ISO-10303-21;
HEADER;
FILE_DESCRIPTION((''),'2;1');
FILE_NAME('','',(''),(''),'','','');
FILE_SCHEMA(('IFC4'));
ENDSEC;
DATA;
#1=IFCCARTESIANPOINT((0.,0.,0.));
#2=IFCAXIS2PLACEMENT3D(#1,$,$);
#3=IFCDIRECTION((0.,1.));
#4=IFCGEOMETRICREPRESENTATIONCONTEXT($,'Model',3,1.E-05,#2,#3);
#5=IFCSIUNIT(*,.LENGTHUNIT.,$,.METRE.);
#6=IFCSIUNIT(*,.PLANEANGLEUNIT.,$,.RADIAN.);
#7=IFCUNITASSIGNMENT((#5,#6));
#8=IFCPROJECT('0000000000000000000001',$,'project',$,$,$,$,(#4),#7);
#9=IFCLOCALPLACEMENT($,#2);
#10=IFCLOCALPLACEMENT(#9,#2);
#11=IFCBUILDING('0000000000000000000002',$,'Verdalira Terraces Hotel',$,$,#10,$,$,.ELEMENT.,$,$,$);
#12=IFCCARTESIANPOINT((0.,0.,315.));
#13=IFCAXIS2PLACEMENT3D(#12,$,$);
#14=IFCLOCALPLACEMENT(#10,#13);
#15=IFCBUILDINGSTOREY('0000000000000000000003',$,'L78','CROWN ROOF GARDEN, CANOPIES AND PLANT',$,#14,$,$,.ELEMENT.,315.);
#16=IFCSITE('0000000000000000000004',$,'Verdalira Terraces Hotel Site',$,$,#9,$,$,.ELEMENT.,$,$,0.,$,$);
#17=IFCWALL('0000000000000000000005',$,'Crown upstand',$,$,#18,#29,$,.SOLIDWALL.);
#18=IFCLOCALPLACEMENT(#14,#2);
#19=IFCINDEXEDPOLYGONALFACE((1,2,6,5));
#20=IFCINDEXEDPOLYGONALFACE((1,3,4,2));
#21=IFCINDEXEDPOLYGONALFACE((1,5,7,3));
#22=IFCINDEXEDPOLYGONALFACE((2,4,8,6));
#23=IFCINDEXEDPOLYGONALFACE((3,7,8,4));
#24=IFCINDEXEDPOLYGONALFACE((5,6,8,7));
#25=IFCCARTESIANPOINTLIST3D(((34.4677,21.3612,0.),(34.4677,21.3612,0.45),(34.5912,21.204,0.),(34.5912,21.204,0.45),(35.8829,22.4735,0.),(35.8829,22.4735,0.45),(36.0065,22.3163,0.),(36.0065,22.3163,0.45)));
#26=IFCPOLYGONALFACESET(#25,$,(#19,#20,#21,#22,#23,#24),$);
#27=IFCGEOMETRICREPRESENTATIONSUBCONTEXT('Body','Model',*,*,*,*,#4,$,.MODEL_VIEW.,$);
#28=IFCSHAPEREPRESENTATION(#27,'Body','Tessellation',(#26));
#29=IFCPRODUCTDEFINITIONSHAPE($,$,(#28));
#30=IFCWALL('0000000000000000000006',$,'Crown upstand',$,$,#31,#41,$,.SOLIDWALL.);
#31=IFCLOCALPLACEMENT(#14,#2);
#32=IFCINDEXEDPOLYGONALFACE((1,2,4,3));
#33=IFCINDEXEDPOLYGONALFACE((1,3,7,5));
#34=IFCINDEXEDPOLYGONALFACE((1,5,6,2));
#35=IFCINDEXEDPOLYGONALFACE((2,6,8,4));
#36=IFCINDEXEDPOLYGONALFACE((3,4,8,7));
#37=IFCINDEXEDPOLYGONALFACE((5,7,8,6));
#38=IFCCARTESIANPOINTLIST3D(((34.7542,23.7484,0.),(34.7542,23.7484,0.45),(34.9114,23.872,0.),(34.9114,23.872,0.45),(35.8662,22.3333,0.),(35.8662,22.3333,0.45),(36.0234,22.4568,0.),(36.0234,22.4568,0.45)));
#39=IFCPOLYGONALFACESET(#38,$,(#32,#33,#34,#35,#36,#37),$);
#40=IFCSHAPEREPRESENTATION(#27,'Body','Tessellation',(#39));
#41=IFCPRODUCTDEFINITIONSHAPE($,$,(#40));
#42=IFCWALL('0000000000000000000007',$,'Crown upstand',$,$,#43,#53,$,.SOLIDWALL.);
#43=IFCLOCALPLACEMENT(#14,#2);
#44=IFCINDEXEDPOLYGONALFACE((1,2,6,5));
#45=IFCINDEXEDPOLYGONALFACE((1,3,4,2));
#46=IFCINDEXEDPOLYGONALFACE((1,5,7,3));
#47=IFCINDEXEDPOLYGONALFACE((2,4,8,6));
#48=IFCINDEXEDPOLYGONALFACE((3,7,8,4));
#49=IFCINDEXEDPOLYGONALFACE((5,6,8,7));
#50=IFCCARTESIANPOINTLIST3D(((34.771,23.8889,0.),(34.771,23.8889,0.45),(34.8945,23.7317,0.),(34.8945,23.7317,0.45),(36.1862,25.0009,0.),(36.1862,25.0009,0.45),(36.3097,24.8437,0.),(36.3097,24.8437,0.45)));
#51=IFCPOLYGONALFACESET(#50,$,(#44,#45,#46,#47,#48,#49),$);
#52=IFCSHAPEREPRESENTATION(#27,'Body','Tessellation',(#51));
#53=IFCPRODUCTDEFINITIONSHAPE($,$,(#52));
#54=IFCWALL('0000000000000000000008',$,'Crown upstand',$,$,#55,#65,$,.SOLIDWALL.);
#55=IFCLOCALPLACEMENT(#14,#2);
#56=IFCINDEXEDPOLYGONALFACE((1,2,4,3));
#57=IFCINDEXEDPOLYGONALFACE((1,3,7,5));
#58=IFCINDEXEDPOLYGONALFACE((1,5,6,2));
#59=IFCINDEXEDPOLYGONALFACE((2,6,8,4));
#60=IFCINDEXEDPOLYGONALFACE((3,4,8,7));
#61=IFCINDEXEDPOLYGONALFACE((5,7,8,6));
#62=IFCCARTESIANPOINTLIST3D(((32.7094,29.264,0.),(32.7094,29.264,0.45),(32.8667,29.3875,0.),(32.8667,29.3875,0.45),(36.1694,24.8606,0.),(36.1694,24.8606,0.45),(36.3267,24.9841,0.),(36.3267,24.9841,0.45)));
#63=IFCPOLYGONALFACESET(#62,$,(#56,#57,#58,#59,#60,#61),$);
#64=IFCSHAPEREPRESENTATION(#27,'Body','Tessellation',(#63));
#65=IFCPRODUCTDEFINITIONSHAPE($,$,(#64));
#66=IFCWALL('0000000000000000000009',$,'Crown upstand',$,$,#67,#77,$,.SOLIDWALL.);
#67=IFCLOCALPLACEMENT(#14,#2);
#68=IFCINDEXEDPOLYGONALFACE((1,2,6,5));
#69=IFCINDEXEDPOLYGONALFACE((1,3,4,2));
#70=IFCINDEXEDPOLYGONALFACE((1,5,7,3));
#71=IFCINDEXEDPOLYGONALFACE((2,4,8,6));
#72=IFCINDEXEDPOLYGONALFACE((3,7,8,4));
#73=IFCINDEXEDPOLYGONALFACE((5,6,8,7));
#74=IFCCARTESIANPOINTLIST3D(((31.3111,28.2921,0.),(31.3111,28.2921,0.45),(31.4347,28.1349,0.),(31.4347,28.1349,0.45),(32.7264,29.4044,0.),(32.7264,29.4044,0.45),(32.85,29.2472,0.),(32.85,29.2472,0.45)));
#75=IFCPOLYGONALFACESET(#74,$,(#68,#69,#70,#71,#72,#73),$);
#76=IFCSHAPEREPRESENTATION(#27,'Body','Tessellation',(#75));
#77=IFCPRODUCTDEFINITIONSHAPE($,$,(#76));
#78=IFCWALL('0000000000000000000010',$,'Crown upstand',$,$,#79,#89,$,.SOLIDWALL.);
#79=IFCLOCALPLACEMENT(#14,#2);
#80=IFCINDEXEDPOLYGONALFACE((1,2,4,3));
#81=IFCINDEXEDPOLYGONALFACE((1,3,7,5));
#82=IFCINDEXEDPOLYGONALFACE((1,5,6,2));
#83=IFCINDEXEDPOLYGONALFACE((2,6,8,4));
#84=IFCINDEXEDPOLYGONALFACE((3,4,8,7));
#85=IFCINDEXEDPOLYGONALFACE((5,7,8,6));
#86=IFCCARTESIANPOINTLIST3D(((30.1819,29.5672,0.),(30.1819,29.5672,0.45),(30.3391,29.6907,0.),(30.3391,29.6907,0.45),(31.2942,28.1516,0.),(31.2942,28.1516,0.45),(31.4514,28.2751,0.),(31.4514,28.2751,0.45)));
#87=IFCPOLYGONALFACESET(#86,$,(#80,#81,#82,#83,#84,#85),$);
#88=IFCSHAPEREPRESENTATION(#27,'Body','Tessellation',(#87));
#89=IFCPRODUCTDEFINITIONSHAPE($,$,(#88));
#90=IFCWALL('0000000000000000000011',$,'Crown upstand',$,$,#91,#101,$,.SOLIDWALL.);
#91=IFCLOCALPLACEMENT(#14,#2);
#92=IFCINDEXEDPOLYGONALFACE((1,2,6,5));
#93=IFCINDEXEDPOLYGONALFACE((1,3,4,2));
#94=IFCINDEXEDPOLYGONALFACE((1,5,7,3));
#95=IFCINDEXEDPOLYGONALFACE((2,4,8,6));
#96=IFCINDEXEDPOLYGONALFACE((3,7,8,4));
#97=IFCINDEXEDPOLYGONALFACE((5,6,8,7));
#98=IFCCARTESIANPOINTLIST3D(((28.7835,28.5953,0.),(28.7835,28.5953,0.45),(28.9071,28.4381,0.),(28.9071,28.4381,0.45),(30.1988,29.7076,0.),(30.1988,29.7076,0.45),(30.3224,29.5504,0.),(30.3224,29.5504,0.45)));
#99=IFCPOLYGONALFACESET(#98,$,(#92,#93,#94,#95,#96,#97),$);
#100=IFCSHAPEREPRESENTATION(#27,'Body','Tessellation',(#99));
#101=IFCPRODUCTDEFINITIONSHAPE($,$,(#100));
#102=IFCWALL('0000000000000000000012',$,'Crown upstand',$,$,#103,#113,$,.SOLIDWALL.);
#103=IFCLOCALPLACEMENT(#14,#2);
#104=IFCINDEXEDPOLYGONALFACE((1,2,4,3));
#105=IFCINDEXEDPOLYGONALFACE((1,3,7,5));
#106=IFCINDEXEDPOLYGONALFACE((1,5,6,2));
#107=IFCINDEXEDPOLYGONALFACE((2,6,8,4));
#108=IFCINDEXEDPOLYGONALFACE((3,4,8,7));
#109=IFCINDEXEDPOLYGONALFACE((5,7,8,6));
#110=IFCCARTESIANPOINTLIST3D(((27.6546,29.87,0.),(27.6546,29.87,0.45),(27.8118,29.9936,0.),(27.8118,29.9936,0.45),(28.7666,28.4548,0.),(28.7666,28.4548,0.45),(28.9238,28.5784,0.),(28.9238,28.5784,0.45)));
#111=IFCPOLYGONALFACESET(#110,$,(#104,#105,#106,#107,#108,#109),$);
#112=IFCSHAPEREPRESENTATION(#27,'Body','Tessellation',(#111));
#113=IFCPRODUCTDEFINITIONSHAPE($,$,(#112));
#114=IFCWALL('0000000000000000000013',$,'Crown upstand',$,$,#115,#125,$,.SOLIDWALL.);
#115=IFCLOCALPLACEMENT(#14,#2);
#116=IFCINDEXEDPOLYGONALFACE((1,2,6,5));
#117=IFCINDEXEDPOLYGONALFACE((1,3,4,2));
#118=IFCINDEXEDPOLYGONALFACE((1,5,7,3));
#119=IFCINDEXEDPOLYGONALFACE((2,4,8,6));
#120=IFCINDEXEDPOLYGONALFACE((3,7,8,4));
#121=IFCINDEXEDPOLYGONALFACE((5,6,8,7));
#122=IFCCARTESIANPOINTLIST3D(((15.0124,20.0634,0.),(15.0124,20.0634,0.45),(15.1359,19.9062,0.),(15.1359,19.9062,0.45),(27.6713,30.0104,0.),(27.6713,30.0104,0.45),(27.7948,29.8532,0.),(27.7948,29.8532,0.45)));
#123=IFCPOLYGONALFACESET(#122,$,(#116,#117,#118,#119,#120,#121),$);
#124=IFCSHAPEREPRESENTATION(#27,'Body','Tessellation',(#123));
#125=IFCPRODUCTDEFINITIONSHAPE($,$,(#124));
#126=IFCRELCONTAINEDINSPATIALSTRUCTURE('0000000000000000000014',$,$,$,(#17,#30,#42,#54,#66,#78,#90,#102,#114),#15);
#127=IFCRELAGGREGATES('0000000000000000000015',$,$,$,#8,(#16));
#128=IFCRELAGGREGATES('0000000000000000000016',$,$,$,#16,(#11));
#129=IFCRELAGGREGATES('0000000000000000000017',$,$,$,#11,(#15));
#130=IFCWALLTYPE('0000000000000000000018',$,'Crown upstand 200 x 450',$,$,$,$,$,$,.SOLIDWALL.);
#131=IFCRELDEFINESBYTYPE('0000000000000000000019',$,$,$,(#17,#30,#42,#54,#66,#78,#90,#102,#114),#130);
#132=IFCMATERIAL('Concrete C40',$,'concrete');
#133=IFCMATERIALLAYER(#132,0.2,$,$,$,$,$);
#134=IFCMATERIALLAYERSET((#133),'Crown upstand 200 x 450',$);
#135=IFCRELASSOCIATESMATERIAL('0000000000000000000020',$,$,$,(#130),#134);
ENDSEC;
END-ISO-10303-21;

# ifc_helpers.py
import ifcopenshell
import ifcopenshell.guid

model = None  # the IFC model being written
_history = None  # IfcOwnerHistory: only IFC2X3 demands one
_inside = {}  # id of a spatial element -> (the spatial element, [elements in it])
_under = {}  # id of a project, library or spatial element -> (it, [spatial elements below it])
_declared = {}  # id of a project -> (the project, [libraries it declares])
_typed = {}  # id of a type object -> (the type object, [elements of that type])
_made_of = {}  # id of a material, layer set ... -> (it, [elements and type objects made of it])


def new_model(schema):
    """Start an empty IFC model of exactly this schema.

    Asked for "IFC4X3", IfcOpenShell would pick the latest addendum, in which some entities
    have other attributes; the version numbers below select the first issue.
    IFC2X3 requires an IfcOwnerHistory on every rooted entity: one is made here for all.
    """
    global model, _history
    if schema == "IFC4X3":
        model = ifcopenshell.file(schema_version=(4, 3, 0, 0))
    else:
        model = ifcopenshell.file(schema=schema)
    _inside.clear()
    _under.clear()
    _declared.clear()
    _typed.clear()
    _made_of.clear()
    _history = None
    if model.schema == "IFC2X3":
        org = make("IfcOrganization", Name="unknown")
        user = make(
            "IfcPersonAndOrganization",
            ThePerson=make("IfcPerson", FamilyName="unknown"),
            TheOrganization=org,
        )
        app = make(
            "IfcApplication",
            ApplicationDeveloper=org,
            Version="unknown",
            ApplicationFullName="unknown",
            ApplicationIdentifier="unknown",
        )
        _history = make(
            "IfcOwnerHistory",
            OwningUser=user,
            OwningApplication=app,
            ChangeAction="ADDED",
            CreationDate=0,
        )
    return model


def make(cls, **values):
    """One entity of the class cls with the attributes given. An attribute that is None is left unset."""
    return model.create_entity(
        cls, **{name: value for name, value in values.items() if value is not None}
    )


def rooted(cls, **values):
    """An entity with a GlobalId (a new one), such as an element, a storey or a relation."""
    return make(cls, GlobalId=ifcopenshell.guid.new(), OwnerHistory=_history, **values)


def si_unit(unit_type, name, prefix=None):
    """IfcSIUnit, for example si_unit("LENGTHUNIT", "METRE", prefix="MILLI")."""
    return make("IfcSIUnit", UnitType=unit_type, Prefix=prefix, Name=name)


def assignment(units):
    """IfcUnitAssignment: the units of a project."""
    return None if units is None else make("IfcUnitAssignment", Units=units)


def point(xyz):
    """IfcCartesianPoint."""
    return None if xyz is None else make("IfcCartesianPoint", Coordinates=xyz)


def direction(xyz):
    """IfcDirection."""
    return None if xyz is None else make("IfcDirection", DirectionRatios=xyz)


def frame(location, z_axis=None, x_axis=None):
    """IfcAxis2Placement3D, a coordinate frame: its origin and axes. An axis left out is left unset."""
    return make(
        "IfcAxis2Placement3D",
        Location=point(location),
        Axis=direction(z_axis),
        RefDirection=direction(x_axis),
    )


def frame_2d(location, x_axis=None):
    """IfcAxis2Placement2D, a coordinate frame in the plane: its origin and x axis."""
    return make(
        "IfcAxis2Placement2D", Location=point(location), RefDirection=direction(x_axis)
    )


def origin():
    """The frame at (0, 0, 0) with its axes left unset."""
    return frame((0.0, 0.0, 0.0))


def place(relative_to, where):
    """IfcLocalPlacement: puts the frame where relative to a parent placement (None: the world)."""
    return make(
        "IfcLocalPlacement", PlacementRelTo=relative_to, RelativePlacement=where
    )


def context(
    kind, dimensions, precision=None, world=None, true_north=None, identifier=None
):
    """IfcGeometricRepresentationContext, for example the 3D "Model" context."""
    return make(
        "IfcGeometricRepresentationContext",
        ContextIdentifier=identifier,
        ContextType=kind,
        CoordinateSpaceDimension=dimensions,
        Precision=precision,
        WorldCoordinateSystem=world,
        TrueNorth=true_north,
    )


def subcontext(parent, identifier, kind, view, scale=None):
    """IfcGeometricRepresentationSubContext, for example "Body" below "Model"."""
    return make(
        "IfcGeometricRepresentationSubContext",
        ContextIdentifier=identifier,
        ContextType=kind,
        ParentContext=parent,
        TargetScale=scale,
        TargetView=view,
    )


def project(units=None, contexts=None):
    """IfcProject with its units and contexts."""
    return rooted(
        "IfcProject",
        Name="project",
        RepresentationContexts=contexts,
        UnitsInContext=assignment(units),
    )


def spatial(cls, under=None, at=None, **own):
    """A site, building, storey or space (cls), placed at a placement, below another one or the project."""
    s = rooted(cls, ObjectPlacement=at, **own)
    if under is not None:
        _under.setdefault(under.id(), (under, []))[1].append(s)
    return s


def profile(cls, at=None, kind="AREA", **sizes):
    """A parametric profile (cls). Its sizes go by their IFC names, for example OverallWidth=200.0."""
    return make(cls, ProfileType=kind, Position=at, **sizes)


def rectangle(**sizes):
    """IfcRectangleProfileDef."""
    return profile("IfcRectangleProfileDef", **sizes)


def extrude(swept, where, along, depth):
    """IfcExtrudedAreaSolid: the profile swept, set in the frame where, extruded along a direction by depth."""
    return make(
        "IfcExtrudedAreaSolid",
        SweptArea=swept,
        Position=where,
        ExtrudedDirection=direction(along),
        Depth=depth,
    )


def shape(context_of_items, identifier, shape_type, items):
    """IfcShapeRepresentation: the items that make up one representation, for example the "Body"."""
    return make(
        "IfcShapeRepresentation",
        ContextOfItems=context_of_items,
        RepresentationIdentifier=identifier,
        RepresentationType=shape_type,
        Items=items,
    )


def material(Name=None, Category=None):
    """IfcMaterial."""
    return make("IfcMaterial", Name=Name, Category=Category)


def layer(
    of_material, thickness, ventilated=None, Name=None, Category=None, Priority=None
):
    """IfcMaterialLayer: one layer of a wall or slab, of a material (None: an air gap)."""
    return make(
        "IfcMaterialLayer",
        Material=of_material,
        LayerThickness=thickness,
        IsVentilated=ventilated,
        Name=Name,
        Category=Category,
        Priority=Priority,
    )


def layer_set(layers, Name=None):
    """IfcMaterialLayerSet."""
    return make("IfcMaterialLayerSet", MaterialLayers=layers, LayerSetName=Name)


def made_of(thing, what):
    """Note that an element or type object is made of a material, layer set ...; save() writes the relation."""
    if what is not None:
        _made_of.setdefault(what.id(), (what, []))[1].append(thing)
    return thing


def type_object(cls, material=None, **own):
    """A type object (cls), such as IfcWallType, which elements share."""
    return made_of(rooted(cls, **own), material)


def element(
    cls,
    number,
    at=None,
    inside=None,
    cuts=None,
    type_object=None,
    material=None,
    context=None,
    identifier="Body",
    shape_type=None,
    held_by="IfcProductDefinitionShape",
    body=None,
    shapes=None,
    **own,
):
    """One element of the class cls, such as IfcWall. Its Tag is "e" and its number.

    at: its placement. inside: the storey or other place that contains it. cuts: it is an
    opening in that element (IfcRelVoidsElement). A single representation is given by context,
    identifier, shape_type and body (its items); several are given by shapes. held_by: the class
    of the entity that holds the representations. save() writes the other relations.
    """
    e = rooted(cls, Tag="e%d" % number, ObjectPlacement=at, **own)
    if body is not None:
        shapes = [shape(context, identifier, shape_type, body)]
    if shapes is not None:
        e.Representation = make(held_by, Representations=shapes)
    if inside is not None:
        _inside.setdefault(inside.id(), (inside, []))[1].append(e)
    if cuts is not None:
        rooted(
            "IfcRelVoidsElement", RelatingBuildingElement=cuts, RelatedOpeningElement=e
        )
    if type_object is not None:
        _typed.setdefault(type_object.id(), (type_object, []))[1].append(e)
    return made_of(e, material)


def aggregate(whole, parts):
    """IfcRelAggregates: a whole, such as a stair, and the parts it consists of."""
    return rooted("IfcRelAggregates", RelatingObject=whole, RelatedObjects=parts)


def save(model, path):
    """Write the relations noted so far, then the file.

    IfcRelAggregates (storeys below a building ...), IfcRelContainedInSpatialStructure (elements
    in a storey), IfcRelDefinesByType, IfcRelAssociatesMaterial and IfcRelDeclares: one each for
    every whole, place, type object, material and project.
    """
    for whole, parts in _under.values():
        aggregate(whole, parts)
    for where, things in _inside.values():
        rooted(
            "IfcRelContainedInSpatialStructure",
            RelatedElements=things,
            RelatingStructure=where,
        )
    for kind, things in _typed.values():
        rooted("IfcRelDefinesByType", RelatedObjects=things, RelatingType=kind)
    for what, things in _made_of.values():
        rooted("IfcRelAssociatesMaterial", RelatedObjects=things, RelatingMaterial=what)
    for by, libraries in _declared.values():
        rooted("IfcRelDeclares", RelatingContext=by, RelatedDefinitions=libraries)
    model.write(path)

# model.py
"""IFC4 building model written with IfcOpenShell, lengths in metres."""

from ifc_helpers import new_model, si_unit, direction, frame, frame_2d, origin, place, context, subcontext, project, spatial, rectangle, extrude, material, layer, layer_set, type_object, element, save


model = new_model("IFC4")

# Units and contexts
model_context = context("Model", 3, precision=1e-05, world=origin(), true_north=direction((0.0, 1.0)))
body_context = subcontext(model_context, "Body", "Model", "MODEL_VIEW")
ifc_project = project(units=[si_unit("LENGTHUNIT", "METRE"), si_unit("PLANEANGLEUNIT", "RADIAN")], contexts=[model_context])

# Site, building, storey
site_placement = place(None, origin())
site = spatial("IfcSite", under=ifc_project, at=site_placement, Name="Verdalira Terraces Hotel Site", CompositionType="ELEMENT", RefElevation=0.0)
building_placement = place(site_placement, origin())
building = spatial("IfcBuilding", under=site, at=building_placement, Name="Verdalira Terraces Hotel", CompositionType="ELEMENT")
storey_placement = place(building_placement, frame((0.0, 0.0, 315.0)))
storey = spatial("IfcBuildingStorey", under=building, at=storey_placement, Name="L78", Description="CROWN ROOF GARDEN, CANOPIES AND PLANT", CompositionType="ELEMENT", Elevation=315.0)

# Walls
ifc_material_1 = material(Name="Concrete C40", Category="concrete")
ifc_layer_1 = layer(ifc_material_1, 0.2)
ifc_layer_set_1 = layer_set([ifc_layer_1], Name="Crown upstand 200 x 450")
wall_type = type_object("IfcWallType", Name="Crown upstand 200 x 450", PredefinedType="SOLIDWALL", material=ifc_layer_set_1)
wall_1_placement = place(storey_placement, frame((34.5295, 21.2827, 0.0), z_axis=(0.0, 0.0, 1.0), x_axis=(0.786238, 0.617923, 0.0)))
element("IfcWall", 1, at=wall_1_placement, inside=storey, type_object=wall_type, Name="Crown upstand", PredefinedType="SOLIDWALL", context=body_context, shape_type="SweptSolid", body=[
    extrude(rectangle(XDim=1.8, YDim=0.2, at=frame_2d((0.8999, 0.0))), origin(), (0.0, 0.0, 1.0), 0.45),
])
for number, where, z_axis, x_axis, name in (
    (2, (35.9448, 22.395, 0.0), (0.0, 0.0, 1.0), (-0.61784, 0.786304, 0.0), "Crown upstand"),
    (3, (34.8328, 23.8103, 0.0), (0.0, 0.0, 1.0), (0.786304, 0.61784, 0.0), "Crown upstand"),
):
    element("IfcWall", number, at=place(storey_placement, frame(where, z_axis=z_axis, x_axis=x_axis)), inside=storey, type_object=wall_type, Name=name, PredefinedType="SOLIDWALL", context=body_context, shape_type="SweptSolid", body=[
        extrude(rectangle(XDim=1.7998, YDim=0.2, at=frame_2d((0.8999, 0.0))), origin(), (0.0, 0.0, 1.0), 0.45),
    ])
wall_2_placement = place(storey_placement, frame((36.248, 24.9224, 0.0), z_axis=(0.0, 0.0, 1.0), x_axis=(-0.617845, 0.7863, 0.0)))
element("IfcWall", 4, at=wall_2_placement, inside=storey, type_object=wall_type, Name="Crown upstand", PredefinedType="SOLIDWALL", context=body_context, shape_type="SweptSolid", body=[
    extrude(rectangle(XDim=5.6001, YDim=0.2, at=frame_2d((2.8, 0.0))), origin(), (0.0, 0.0, 1.0), 0.45),
])
wall_3_placement = place(storey_placement, frame((32.7881, 29.3257, 0.0), z_axis=(0.0, 0.0, 1.0), x_axis=(-0.786238, -0.617923, 0.0)))
element("IfcWall", 5, at=wall_3_placement, inside=storey, type_object=wall_type, Name="Crown upstand", PredefinedType="SOLIDWALL", context=body_context, shape_type="SweptSolid", body=[
    extrude(rectangle(XDim=1.8, YDim=0.2, at=frame_2d((0.8999, 0.0))), origin(), (0.0, 0.0, 1.0), 0.45),
])
wall_4_placement = place(storey_placement, frame((31.3728, 28.2134, 0.0), z_axis=(0.0, 0.0, 1.0), x_axis=(-0.617857, 0.78629, 0.0)))
element("IfcWall", 6, at=wall_4_placement, inside=storey, type_object=wall_type, Name="Crown upstand", PredefinedType="SOLIDWALL", context=body_context, shape_type="SweptSolid", body=[
    extrude(rectangle(XDim=1.8003, YDim=0.2, at=frame_2d((0.9001, 0.0))), origin(), (0.0, 0.0, 1.0), 0.45),
])
wall_5_placement = place(storey_placement, frame((30.2605, 29.6289, 0.0), z_axis=(0.0, 0.0, 1.0), x_axis=(-0.786238, -0.617923, 0.0)))
element("IfcWall", 7, at=wall_5_placement, inside=storey, type_object=wall_type, Name="Crown upstand", PredefinedType="SOLIDWALL", context=body_context, shape_type="SweptSolid", body=[
    extrude(rectangle(XDim=1.8, YDim=0.2, at=frame_2d((0.8999, 0.0))), origin(), (0.0, 0.0, 1.0), 0.45),
])
wall_6_placement = place(storey_placement, frame((28.8452, 28.5166, 0.0), z_axis=(0.0, 0.0, 1.0), x_axis=(-0.61784, 0.786304, 0.0)))
element("IfcWall", 8, at=wall_6_placement, inside=storey, type_object=wall_type, Name="Crown upstand", PredefinedType="SOLIDWALL", context=body_context, shape_type="SweptSolid", body=[
    extrude(rectangle(XDim=1.7998, YDim=0.2, at=frame_2d((0.8999, 0.0))), origin(), (0.0, 0.0, 1.0), 0.45),
])
wall_7_placement = place(storey_placement, frame((27.7332, 29.9319, 0.0), z_axis=(0.0, 0.0, 1.0), x_axis=(-0.786297, -0.617849, 0.0)))
element("IfcWall", 9, at=wall_7_placement, inside=storey, type_object=wall_type, Name="Crown upstand", PredefinedType="SOLIDWALL", context=body_context, shape_type="SweptSolid", body=[
    extrude(rectangle(XDim=16.0994, YDim=0.2, at=frame_2d((8.0498, 0.0))), origin(), (0.0, 0.0, 1.0), 0.45),
])

save(model, "model.ifc")
